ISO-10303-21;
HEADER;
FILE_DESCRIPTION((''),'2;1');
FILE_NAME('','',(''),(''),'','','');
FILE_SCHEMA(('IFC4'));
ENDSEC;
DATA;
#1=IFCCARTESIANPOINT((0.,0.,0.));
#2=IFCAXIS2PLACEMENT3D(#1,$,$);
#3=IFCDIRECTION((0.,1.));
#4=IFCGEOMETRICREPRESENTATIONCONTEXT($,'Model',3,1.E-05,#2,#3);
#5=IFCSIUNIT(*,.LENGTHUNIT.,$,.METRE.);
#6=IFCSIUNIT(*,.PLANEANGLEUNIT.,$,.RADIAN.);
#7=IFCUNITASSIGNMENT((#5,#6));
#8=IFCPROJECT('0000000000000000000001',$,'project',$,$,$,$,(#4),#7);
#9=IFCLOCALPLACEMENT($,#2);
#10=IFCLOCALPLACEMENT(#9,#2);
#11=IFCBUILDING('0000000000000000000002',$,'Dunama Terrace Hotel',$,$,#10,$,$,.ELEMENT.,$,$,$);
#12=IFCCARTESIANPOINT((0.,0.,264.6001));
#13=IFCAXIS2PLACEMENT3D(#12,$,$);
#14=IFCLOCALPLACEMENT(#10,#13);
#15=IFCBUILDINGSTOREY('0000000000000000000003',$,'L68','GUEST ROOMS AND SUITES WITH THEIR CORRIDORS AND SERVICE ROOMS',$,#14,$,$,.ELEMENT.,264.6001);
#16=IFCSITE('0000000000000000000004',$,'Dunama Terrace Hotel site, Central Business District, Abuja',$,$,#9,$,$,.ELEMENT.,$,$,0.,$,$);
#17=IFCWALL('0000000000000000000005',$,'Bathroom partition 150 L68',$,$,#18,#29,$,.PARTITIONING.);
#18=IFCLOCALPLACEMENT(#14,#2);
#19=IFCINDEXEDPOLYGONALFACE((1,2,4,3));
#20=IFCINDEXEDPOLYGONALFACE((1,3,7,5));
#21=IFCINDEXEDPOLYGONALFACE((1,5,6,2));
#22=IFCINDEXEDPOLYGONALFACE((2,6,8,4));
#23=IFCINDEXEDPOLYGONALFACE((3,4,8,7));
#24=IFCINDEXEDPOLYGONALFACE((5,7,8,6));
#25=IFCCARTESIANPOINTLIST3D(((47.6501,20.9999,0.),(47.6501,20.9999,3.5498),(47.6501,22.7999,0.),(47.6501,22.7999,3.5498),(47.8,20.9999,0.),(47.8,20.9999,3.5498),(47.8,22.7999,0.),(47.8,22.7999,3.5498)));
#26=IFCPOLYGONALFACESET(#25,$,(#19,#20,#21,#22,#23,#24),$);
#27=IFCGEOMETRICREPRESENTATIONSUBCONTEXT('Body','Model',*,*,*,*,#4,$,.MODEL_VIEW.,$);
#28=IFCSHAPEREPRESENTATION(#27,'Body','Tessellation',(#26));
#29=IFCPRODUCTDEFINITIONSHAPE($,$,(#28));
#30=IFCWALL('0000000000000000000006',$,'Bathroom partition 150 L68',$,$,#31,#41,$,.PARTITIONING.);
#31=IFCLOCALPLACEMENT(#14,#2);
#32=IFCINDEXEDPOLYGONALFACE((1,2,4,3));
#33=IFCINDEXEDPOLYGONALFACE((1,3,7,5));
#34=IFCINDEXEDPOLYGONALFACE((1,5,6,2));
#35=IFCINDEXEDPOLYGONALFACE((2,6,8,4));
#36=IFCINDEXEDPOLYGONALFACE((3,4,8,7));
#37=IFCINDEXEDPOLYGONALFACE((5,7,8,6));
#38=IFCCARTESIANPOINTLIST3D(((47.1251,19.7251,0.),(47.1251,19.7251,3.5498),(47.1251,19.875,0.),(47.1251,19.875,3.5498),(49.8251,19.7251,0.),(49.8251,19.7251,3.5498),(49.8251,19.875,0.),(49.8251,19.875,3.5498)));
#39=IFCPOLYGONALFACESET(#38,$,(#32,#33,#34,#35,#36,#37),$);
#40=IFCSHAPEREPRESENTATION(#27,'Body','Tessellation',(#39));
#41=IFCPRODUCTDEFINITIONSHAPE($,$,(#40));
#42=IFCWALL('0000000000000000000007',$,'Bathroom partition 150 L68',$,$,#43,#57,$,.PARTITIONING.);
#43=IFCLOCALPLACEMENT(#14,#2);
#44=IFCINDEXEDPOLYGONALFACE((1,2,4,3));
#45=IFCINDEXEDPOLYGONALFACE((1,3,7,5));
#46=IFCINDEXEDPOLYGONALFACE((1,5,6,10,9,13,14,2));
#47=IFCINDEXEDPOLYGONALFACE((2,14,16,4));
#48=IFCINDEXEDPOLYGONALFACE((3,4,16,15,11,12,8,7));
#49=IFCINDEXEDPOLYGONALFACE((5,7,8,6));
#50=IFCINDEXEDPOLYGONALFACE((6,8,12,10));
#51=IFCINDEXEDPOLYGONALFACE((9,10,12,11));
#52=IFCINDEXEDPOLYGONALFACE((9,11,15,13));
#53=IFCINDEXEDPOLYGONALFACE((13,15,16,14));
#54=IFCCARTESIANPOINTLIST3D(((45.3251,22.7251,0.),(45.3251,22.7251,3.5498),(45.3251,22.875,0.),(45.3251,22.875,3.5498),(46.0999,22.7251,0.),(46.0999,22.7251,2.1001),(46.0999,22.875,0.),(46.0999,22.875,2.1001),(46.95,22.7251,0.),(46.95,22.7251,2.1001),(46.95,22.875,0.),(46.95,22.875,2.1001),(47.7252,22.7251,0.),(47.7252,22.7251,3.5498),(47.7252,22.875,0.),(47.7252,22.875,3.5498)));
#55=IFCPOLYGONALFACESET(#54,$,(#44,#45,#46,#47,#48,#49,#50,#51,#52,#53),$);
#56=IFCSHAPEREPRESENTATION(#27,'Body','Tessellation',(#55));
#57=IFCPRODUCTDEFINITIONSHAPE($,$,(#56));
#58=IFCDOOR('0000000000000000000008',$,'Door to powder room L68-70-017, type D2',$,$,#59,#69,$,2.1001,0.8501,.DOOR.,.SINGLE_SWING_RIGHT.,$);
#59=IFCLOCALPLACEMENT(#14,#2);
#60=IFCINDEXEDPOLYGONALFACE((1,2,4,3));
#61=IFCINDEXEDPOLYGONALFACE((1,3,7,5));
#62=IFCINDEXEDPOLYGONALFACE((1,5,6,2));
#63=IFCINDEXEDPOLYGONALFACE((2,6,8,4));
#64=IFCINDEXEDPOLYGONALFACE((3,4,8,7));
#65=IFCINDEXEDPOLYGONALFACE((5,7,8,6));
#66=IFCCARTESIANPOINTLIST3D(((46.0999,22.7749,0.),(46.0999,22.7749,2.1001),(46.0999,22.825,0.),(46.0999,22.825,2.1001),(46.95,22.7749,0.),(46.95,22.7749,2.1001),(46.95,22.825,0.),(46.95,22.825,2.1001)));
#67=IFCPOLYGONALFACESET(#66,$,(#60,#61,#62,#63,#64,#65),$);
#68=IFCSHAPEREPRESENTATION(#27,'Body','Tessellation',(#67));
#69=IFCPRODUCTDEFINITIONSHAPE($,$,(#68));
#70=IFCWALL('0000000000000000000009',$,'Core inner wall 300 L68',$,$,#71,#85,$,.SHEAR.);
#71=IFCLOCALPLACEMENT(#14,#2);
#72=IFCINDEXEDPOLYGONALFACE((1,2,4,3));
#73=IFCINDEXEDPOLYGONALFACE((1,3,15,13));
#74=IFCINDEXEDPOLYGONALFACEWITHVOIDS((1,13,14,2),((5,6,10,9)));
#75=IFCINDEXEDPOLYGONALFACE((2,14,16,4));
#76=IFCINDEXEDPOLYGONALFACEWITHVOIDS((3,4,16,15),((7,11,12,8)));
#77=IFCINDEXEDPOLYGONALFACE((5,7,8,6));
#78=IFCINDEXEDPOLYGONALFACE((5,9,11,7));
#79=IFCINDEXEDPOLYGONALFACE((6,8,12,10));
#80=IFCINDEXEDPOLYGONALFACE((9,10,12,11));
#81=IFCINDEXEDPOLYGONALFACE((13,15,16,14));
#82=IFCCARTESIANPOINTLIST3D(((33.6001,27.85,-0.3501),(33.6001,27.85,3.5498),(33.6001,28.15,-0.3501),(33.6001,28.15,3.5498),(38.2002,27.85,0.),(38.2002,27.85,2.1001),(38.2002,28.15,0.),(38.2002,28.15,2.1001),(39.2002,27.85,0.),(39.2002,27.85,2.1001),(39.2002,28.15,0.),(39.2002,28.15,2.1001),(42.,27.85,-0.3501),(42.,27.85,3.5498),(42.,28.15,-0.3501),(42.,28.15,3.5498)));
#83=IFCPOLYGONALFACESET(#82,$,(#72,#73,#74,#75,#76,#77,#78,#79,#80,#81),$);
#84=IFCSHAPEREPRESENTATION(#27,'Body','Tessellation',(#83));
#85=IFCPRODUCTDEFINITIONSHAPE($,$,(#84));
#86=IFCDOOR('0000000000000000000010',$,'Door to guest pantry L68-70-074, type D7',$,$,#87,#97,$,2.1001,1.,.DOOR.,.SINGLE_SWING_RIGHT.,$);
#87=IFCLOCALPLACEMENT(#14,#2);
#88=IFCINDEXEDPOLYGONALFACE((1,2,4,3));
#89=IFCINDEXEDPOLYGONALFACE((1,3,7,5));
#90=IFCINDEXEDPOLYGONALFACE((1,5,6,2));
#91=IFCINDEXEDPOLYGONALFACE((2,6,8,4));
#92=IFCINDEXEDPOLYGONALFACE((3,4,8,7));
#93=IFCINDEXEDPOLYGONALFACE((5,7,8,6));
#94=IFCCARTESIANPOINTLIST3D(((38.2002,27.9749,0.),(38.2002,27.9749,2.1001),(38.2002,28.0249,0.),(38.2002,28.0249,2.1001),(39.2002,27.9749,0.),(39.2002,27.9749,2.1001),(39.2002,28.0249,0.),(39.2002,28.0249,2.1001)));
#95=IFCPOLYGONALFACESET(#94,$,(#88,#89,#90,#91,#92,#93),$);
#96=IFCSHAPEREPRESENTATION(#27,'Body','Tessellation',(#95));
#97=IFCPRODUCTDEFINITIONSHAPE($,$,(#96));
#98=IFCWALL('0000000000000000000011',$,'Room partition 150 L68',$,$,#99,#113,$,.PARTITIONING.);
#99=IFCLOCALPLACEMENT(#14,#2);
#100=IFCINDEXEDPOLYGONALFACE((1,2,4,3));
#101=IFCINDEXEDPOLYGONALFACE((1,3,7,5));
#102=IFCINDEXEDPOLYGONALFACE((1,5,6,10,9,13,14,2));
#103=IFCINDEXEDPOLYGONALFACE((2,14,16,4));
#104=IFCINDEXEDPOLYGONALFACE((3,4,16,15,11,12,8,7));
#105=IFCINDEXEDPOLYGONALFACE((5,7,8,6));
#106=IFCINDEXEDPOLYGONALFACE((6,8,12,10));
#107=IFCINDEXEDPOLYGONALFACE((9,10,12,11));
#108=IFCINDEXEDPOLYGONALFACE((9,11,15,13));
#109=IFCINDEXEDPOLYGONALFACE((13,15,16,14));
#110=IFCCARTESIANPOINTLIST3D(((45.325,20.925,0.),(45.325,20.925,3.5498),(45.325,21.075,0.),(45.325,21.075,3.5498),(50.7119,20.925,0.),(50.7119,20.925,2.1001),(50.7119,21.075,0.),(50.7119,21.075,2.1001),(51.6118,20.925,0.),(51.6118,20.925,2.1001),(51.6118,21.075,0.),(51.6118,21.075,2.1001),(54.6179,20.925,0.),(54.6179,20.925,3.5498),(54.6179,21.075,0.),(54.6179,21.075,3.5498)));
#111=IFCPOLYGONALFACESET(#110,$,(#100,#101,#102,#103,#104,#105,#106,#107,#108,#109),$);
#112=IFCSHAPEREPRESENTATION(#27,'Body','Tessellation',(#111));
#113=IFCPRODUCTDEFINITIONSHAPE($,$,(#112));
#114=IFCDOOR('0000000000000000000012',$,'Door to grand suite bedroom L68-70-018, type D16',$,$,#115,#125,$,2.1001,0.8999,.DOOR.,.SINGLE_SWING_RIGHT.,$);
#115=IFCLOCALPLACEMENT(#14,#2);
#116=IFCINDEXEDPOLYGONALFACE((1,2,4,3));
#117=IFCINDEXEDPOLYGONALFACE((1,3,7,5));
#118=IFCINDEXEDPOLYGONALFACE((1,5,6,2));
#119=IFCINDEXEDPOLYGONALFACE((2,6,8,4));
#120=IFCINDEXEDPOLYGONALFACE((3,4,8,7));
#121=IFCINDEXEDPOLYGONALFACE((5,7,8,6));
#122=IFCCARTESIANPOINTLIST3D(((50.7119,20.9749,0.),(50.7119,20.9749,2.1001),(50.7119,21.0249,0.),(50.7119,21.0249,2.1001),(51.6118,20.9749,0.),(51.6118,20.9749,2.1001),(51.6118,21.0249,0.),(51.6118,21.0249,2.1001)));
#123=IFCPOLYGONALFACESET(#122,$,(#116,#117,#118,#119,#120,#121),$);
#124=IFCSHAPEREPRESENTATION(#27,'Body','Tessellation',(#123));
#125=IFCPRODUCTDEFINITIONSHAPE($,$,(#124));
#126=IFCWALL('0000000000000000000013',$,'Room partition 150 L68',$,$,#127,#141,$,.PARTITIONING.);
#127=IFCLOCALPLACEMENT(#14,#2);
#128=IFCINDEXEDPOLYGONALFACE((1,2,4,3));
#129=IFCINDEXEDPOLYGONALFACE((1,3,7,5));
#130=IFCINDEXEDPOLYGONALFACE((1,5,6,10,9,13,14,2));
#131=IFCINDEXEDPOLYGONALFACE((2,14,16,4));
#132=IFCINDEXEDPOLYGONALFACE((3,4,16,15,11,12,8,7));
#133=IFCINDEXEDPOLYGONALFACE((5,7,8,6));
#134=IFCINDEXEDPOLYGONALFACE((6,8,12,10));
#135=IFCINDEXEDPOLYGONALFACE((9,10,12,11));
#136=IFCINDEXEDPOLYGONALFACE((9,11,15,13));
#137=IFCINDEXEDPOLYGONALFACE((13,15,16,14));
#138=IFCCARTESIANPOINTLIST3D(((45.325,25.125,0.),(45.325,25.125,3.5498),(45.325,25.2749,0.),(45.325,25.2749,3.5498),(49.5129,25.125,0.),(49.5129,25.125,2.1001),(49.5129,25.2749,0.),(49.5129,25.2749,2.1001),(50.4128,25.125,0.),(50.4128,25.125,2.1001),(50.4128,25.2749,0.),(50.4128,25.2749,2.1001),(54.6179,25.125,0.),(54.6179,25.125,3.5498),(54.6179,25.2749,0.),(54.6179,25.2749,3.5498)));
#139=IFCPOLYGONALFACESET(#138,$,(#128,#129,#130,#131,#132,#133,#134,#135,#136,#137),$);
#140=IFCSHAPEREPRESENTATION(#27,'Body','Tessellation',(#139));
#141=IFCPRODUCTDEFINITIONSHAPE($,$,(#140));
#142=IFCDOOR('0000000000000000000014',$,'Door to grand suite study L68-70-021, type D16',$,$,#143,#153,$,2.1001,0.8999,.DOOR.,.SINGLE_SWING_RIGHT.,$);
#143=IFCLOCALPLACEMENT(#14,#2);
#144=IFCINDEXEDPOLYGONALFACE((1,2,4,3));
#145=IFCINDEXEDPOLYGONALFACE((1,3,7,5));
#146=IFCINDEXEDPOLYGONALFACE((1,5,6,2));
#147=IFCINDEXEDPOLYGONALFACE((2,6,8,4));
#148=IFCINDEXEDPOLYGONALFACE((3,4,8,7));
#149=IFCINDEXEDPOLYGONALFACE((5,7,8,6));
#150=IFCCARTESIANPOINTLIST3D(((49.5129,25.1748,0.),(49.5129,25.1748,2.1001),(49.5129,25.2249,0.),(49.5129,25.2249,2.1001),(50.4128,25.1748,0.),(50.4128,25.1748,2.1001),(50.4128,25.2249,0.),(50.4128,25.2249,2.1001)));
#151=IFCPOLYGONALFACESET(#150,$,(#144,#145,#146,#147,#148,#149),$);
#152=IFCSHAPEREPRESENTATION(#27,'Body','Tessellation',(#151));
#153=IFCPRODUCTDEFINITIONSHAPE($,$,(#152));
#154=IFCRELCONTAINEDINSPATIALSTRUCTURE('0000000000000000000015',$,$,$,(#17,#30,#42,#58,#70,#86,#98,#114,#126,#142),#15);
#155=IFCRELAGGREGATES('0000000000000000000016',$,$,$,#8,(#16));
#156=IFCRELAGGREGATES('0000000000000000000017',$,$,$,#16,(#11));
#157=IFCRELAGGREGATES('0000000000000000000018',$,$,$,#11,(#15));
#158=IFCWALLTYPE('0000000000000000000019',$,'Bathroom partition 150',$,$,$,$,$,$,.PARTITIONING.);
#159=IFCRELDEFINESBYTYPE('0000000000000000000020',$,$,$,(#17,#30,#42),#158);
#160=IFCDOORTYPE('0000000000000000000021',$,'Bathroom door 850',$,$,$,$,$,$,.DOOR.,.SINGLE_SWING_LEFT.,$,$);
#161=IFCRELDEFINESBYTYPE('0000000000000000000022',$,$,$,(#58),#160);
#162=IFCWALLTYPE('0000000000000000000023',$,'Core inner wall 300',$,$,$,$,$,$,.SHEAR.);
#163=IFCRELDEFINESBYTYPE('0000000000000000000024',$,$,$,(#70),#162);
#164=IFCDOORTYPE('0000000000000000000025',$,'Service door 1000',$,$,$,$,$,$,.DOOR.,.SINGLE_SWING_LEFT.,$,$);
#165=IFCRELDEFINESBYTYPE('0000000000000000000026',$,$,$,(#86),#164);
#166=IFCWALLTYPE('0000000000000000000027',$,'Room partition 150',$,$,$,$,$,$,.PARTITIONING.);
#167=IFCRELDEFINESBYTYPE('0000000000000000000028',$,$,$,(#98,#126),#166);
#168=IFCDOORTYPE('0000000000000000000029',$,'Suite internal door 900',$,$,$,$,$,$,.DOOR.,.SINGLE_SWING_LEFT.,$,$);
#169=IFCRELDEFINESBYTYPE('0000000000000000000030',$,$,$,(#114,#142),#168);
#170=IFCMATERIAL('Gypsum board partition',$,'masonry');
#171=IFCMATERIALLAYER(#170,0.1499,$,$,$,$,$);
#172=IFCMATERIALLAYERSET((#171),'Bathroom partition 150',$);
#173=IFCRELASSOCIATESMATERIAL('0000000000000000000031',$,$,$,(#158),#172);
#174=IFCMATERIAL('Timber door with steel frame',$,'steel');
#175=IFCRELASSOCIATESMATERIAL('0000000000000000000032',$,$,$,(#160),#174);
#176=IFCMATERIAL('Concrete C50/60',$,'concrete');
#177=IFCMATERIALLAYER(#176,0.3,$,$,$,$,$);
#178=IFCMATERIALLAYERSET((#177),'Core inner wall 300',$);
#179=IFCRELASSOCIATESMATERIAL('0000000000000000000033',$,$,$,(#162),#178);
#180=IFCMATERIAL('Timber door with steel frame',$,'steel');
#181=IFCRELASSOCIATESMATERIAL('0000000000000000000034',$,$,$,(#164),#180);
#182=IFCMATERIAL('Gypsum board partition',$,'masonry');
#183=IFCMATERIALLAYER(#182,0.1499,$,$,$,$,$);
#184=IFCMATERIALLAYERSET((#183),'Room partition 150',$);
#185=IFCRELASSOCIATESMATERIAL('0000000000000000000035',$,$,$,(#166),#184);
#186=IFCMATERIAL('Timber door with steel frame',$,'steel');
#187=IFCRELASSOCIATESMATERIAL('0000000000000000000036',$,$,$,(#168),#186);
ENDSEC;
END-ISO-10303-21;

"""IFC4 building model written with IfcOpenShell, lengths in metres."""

from ifc_helpers import new_model, si_unit, direction, frame, frame_2d, origin, place, context, subcontext, project, spatial, rectangle, extrude, material, layer, layer_set, type_object, element, fill, save


model = new_model("IFC4")

# Units and contexts
model_context = context("Model", 3, precision=1e-05, world=origin(), true_north=direction((0.0, 1.0)))
body_context = subcontext(model_context, "Body", "Model", "MODEL_VIEW")
ifc_project = project(units=[si_unit("LENGTHUNIT", "METRE"), si_unit("PLANEANGLEUNIT", "RADIAN")], contexts=[model_context])

# Site, building, storey
site_placement = place(None, origin())
site = spatial("IfcSite", under=ifc_project, at=site_placement, Name="Dunama Terrace Hotel site, Central Business District, Abuja", CompositionType="ELEMENT", RefElevation=0.0)
building_placement = place(site_placement, origin())
building = spatial("IfcBuilding", under=site, at=building_placement, Name="Dunama Terrace Hotel", CompositionType="ELEMENT")
storey_placement = place(building_placement, frame((0.0, 0.0, 264.6001)))
storey = spatial("IfcBuildingStorey", under=building, at=storey_placement, Name="L68", Description="GUEST ROOMS AND SUITES WITH THEIR CORRIDORS AND SERVICE ROOMS", CompositionType="ELEMENT", Elevation=264.6001)

# Walls
ifc_material_1 = material(Name="Gypsum board partition", Category="masonry")
ifc_layer_1 = layer(ifc_material_1, 0.1499)
ifc_layer_set_1 = layer_set([ifc_layer_1], Name="Bathroom partition 150")
wall_type_1 = type_object("IfcWallType", Name="Bathroom partition 150", PredefinedType="PARTITIONING", material=ifc_layer_set_1)
wall_1_placement = place(storey_placement, frame((47.7251, 21.0, 0.0), z_axis=(0.0, 0.0, 1.0), x_axis=(0.0, 1.0, 0.0)))
element("IfcWall", 1, at=wall_1_placement, inside=storey, type_object=wall_type_1, Name="Bathroom partition 150 L68", PredefinedType="PARTITIONING", context=body_context, shape_type="SweptSolid", body=[
    extrude(rectangle(XDim=1.8, YDim=0.1499, at=frame_2d((0.8999, 0.0))), origin(), (0.0, 0.0, 1.0), 3.5498),
])
wall_2_placement = place(storey_placement, frame((47.125, 19.8, 0.0), z_axis=(0.0, 0.0, 1.0), x_axis=(1.0, 0.0, 0.0)))
element("IfcWall", 2, at=wall_2_placement, inside=storey, type_object=wall_type_1, Name="Bathroom partition 150 L68", PredefinedType="PARTITIONING", context=body_context, shape_type="SweptSolid", body=[
    extrude(rectangle(XDim=2.7, YDim=0.1499, at=frame_2d((1.3501, 0.0))), origin(), (0.0, 0.0, 1.0), 3.5498),
])

# Walls, openings, doors
wall_3_placement = place(storey_placement, frame((45.325, 22.8, 0.0), z_axis=(0.0, 0.0, 1.0), x_axis=(1.0, 0.0, 0.0)))
wall_3 = element("IfcWall", 3, at=wall_3_placement, inside=storey, type_object=wall_type_1, Name="Bathroom partition 150 L68", PredefinedType="PARTITIONING", context=body_context, shape_type="SweptSolid", body=[
    extrude(rectangle(XDim=2.4001, YDim=0.1499, at=frame_2d((1.2002, 0.0))), origin(), (0.0, 0.0, 1.0), 3.5498),
])
opening_1_placement = place(wall_3_placement, frame((0.7749, 0.0, 0.0)))
opening_1 = element("IfcOpeningElement", 4, at=opening_1_placement, cuts=wall_3, PredefinedType="OPENING", context=body_context, shape_type="SweptSolid", body=[
    extrude(rectangle(XDim=0.8501, YDim=2.1001, at=frame_2d((0.425, 1.05))), frame((0.0, 0.085, 0.0), z_axis=(0.0, -1.0, 0.0), x_axis=(1.0, 0.0, 0.0)), (0.0, 0.0, 1.0), 0.1699),
])
ifc_material_2 = material(Name="Timber door with steel frame", Category="steel")
door_type_1 = type_object("IfcDoorType", Name="Bathroom door 850", OperationType="SINGLE_SWING_LEFT", PredefinedType="DOOR", material=ifc_material_2)
door_1_placement = place(opening_1_placement, frame((0.8501, 0.0, 0.0), z_axis=(0.0, 0.0, 1.0), x_axis=(-1.0, 0.0, 0.0)))
door_1 = element("IfcDoor", 5, at=door_1_placement, inside=storey, type_object=door_type_1, Name="Door to powder room L68-70-017, type D2", OperationType="SINGLE_SWING_RIGHT", OverallHeight=2.1001, OverallWidth=0.8501, PredefinedType="DOOR", context=body_context, shape_type="SweptSolid", body=[
    extrude(rectangle(XDim=0.8501, YDim=2.1001, at=frame_2d((0.425, 1.05))), frame((0.0, 0.0251, 0.0), z_axis=(0.0, -1.0, 0.0), x_axis=(1.0, 0.0, 0.0)), (0.0, 0.0, 1.0), 0.05),
])
fill(opening_1, door_1)
ifc_material_3 = material(Name="Concrete C50/60", Category="concrete")
ifc_layer_2 = layer(ifc_material_3, 0.3)
ifc_layer_set_2 = layer_set([ifc_layer_2], Name="Core inner wall 300")
wall_type_2 = type_object("IfcWallType", Name="Core inner wall 300", PredefinedType="SHEAR", material=ifc_layer_set_2)
wall_4_placement = place(storey_placement, frame((33.6001, 28.0, -0.3501), z_axis=(0.0, 0.0, 1.0), x_axis=(1.0, 0.0, 0.0)))
wall_4 = element("IfcWall", 6, at=wall_4_placement, inside=storey, type_object=wall_type_2, Name="Core inner wall 300 L68", PredefinedType="SHEAR", context=body_context, shape_type="SweptSolid", body=[
    extrude(rectangle(XDim=8.3999, YDim=0.3, at=frame_2d((4.2, 0.0))), origin(), (0.0, 0.0, 1.0), 3.8999),
])
opening_2_placement = place(wall_4_placement, frame((4.6001, 0.0, 0.3501)))
opening_2 = element("IfcOpeningElement", 7, at=opening_2_placement, cuts=wall_4, PredefinedType="OPENING", context=body_context, shape_type="SweptSolid", body=[
    extrude(rectangle(XDim=1.0, YDim=2.1001, at=frame_2d((0.5, 1.05))), frame((0.0, 0.1599, 0.0), z_axis=(0.0, -1.0, 0.0), x_axis=(1.0, 0.0, 0.0)), (0.0, 0.0, 1.0), 0.3201),
])
ifc_material_4 = material(Name="Timber door with steel frame", Category="steel")
door_type_2 = type_object("IfcDoorType", Name="Service door 1000", OperationType="SINGLE_SWING_LEFT", PredefinedType="DOOR", material=ifc_material_4)
door_2_placement = place(opening_2_placement, frame((1.0, 0.0, 0.0), z_axis=(0.0, 0.0, 1.0), x_axis=(-1.0, 0.0, 0.0)))
door_2 = element("IfcDoor", 8, at=door_2_placement, inside=storey, type_object=door_type_2, Name="Door to guest pantry L68-70-074, type D7", OperationType="SINGLE_SWING_RIGHT", OverallHeight=2.1001, OverallWidth=1.0, PredefinedType="DOOR", context=body_context, shape_type="SweptSolid", body=[
    extrude(rectangle(XDim=1.0, YDim=2.1001, at=frame_2d((0.5, 1.05))), frame((0.0, 0.0251, 0.0), z_axis=(0.0, -1.0, 0.0), x_axis=(1.0, 0.0, 0.0)), (0.0, 0.0, 1.0), 0.05),
])
fill(opening_2, door_2)
ifc_material_5 = material(Name="Gypsum board partition", Category="masonry")
ifc_layer_3 = layer(ifc_material_5, 0.1499)
ifc_layer_set_3 = layer_set([ifc_layer_3], Name="Room partition 150")
wall_type_3 = type_object("IfcWallType", Name="Room partition 150", PredefinedType="PARTITIONING", material=ifc_layer_set_3)
wall_5_placement = place(storey_placement, frame((45.325, 21.0, 0.0), z_axis=(0.0, 0.0, 1.0), x_axis=(1.0, 0.0, 0.0)))
wall_5 = element("IfcWall", 9, at=wall_5_placement, inside=storey, type_object=wall_type_3, Name="Room partition 150 L68", PredefinedType="PARTITIONING", context=body_context, shape_type="SweptSolid", body=[
    extrude(rectangle(XDim=9.293, YDim=0.1499, at=frame_2d((4.6465, 0.0))), origin(), (0.0, 0.0, 1.0), 3.5498),
])
opening_3_placement = place(wall_5_placement, frame((5.387, 0.0, 0.0)))
opening_3 = element("IfcOpeningElement", 10, at=opening_3_placement, cuts=wall_5, PredefinedType="OPENING", context=body_context, shape_type="SweptSolid", body=[
    extrude(rectangle(XDim=0.8999, YDim=2.1001, at=frame_2d((0.45, 1.05))), frame((0.0, 0.085, 0.0), z_axis=(0.0, -1.0, 0.0), x_axis=(1.0, 0.0, 0.0)), (0.0, 0.0, 1.0), 0.1699),
])
ifc_material_6 = material(Name="Timber door with steel frame", Category="steel")
door_type_3 = type_object("IfcDoorType", Name="Suite internal door 900", OperationType="SINGLE_SWING_LEFT", PredefinedType="DOOR", material=ifc_material_6)
door_3_placement = place(opening_3_placement, frame((0.8999, 0.0, 0.0), z_axis=(0.0, 0.0, 1.0), x_axis=(-1.0, 0.0, 0.0)))
door_3 = element("IfcDoor", 11, at=door_3_placement, inside=storey, type_object=door_type_3, Name="Door to grand suite bedroom L68-70-018, type D16", OperationType="SINGLE_SWING_RIGHT", OverallHeight=2.1001, OverallWidth=0.8999, PredefinedType="DOOR", context=body_context, shape_type="SweptSolid", body=[
    extrude(rectangle(XDim=0.8999, YDim=2.1001, at=frame_2d((0.45, 1.05))), frame((0.0, 0.0251, 0.0), z_axis=(0.0, -1.0, 0.0), x_axis=(1.0, 0.0, 0.0)), (0.0, 0.0, 1.0), 0.05),
])
fill(opening_3, door_3)
wall_6_placement = place(storey_placement, frame((45.325, 25.2, 0.0), z_axis=(0.0, 0.0, 1.0), x_axis=(1.0, 0.0, 0.0)))
wall_6 = element("IfcWall", 12, at=wall_6_placement, inside=storey, type_object=wall_type_3, Name="Room partition 150 L68", PredefinedType="PARTITIONING", context=body_context, shape_type="SweptSolid", body=[
    extrude(rectangle(XDim=9.293, YDim=0.1499, at=frame_2d((4.6465, 0.0))), origin(), (0.0, 0.0, 1.0), 3.5498),
])
opening_4_placement = place(wall_6_placement, frame((4.188, 0.0, 0.0)))
opening_4 = element("IfcOpeningElement", 13, at=opening_4_placement, cuts=wall_6, PredefinedType="OPENING", context=body_context, shape_type="SweptSolid", body=[
    extrude(rectangle(XDim=0.8999, YDim=2.1001, at=frame_2d((0.45, 1.05))), frame((0.0, 0.085, 0.0), z_axis=(0.0, -1.0, 0.0), x_axis=(1.0, 0.0, 0.0)), (0.0, 0.0, 1.0), 0.1699),
])
door_4_placement = place(opening_4_placement, frame((0.8999, 0.0, 0.0), z_axis=(0.0, 0.0, 1.0), x_axis=(-1.0, 0.0, 0.0)))
door_4 = element("IfcDoor", 14, at=door_4_placement, inside=storey, type_object=door_type_3, Name="Door to grand suite study L68-70-021, type D16", OperationType="SINGLE_SWING_RIGHT", OverallHeight=2.1001, OverallWidth=0.8999, PredefinedType="DOOR", context=body_context, shape_type="SweptSolid", body=[
    extrude(rectangle(XDim=0.8999, YDim=2.1001, at=frame_2d((0.45, 1.05))), frame((0.0, 0.0251, 0.0), z_axis=(0.0, -1.0, 0.0), x_axis=(1.0, 0.0, 0.0)), (0.0, 0.0, 1.0), 0.05),
])
fill(opening_4, door_4)

save(model, "model.ifc")
